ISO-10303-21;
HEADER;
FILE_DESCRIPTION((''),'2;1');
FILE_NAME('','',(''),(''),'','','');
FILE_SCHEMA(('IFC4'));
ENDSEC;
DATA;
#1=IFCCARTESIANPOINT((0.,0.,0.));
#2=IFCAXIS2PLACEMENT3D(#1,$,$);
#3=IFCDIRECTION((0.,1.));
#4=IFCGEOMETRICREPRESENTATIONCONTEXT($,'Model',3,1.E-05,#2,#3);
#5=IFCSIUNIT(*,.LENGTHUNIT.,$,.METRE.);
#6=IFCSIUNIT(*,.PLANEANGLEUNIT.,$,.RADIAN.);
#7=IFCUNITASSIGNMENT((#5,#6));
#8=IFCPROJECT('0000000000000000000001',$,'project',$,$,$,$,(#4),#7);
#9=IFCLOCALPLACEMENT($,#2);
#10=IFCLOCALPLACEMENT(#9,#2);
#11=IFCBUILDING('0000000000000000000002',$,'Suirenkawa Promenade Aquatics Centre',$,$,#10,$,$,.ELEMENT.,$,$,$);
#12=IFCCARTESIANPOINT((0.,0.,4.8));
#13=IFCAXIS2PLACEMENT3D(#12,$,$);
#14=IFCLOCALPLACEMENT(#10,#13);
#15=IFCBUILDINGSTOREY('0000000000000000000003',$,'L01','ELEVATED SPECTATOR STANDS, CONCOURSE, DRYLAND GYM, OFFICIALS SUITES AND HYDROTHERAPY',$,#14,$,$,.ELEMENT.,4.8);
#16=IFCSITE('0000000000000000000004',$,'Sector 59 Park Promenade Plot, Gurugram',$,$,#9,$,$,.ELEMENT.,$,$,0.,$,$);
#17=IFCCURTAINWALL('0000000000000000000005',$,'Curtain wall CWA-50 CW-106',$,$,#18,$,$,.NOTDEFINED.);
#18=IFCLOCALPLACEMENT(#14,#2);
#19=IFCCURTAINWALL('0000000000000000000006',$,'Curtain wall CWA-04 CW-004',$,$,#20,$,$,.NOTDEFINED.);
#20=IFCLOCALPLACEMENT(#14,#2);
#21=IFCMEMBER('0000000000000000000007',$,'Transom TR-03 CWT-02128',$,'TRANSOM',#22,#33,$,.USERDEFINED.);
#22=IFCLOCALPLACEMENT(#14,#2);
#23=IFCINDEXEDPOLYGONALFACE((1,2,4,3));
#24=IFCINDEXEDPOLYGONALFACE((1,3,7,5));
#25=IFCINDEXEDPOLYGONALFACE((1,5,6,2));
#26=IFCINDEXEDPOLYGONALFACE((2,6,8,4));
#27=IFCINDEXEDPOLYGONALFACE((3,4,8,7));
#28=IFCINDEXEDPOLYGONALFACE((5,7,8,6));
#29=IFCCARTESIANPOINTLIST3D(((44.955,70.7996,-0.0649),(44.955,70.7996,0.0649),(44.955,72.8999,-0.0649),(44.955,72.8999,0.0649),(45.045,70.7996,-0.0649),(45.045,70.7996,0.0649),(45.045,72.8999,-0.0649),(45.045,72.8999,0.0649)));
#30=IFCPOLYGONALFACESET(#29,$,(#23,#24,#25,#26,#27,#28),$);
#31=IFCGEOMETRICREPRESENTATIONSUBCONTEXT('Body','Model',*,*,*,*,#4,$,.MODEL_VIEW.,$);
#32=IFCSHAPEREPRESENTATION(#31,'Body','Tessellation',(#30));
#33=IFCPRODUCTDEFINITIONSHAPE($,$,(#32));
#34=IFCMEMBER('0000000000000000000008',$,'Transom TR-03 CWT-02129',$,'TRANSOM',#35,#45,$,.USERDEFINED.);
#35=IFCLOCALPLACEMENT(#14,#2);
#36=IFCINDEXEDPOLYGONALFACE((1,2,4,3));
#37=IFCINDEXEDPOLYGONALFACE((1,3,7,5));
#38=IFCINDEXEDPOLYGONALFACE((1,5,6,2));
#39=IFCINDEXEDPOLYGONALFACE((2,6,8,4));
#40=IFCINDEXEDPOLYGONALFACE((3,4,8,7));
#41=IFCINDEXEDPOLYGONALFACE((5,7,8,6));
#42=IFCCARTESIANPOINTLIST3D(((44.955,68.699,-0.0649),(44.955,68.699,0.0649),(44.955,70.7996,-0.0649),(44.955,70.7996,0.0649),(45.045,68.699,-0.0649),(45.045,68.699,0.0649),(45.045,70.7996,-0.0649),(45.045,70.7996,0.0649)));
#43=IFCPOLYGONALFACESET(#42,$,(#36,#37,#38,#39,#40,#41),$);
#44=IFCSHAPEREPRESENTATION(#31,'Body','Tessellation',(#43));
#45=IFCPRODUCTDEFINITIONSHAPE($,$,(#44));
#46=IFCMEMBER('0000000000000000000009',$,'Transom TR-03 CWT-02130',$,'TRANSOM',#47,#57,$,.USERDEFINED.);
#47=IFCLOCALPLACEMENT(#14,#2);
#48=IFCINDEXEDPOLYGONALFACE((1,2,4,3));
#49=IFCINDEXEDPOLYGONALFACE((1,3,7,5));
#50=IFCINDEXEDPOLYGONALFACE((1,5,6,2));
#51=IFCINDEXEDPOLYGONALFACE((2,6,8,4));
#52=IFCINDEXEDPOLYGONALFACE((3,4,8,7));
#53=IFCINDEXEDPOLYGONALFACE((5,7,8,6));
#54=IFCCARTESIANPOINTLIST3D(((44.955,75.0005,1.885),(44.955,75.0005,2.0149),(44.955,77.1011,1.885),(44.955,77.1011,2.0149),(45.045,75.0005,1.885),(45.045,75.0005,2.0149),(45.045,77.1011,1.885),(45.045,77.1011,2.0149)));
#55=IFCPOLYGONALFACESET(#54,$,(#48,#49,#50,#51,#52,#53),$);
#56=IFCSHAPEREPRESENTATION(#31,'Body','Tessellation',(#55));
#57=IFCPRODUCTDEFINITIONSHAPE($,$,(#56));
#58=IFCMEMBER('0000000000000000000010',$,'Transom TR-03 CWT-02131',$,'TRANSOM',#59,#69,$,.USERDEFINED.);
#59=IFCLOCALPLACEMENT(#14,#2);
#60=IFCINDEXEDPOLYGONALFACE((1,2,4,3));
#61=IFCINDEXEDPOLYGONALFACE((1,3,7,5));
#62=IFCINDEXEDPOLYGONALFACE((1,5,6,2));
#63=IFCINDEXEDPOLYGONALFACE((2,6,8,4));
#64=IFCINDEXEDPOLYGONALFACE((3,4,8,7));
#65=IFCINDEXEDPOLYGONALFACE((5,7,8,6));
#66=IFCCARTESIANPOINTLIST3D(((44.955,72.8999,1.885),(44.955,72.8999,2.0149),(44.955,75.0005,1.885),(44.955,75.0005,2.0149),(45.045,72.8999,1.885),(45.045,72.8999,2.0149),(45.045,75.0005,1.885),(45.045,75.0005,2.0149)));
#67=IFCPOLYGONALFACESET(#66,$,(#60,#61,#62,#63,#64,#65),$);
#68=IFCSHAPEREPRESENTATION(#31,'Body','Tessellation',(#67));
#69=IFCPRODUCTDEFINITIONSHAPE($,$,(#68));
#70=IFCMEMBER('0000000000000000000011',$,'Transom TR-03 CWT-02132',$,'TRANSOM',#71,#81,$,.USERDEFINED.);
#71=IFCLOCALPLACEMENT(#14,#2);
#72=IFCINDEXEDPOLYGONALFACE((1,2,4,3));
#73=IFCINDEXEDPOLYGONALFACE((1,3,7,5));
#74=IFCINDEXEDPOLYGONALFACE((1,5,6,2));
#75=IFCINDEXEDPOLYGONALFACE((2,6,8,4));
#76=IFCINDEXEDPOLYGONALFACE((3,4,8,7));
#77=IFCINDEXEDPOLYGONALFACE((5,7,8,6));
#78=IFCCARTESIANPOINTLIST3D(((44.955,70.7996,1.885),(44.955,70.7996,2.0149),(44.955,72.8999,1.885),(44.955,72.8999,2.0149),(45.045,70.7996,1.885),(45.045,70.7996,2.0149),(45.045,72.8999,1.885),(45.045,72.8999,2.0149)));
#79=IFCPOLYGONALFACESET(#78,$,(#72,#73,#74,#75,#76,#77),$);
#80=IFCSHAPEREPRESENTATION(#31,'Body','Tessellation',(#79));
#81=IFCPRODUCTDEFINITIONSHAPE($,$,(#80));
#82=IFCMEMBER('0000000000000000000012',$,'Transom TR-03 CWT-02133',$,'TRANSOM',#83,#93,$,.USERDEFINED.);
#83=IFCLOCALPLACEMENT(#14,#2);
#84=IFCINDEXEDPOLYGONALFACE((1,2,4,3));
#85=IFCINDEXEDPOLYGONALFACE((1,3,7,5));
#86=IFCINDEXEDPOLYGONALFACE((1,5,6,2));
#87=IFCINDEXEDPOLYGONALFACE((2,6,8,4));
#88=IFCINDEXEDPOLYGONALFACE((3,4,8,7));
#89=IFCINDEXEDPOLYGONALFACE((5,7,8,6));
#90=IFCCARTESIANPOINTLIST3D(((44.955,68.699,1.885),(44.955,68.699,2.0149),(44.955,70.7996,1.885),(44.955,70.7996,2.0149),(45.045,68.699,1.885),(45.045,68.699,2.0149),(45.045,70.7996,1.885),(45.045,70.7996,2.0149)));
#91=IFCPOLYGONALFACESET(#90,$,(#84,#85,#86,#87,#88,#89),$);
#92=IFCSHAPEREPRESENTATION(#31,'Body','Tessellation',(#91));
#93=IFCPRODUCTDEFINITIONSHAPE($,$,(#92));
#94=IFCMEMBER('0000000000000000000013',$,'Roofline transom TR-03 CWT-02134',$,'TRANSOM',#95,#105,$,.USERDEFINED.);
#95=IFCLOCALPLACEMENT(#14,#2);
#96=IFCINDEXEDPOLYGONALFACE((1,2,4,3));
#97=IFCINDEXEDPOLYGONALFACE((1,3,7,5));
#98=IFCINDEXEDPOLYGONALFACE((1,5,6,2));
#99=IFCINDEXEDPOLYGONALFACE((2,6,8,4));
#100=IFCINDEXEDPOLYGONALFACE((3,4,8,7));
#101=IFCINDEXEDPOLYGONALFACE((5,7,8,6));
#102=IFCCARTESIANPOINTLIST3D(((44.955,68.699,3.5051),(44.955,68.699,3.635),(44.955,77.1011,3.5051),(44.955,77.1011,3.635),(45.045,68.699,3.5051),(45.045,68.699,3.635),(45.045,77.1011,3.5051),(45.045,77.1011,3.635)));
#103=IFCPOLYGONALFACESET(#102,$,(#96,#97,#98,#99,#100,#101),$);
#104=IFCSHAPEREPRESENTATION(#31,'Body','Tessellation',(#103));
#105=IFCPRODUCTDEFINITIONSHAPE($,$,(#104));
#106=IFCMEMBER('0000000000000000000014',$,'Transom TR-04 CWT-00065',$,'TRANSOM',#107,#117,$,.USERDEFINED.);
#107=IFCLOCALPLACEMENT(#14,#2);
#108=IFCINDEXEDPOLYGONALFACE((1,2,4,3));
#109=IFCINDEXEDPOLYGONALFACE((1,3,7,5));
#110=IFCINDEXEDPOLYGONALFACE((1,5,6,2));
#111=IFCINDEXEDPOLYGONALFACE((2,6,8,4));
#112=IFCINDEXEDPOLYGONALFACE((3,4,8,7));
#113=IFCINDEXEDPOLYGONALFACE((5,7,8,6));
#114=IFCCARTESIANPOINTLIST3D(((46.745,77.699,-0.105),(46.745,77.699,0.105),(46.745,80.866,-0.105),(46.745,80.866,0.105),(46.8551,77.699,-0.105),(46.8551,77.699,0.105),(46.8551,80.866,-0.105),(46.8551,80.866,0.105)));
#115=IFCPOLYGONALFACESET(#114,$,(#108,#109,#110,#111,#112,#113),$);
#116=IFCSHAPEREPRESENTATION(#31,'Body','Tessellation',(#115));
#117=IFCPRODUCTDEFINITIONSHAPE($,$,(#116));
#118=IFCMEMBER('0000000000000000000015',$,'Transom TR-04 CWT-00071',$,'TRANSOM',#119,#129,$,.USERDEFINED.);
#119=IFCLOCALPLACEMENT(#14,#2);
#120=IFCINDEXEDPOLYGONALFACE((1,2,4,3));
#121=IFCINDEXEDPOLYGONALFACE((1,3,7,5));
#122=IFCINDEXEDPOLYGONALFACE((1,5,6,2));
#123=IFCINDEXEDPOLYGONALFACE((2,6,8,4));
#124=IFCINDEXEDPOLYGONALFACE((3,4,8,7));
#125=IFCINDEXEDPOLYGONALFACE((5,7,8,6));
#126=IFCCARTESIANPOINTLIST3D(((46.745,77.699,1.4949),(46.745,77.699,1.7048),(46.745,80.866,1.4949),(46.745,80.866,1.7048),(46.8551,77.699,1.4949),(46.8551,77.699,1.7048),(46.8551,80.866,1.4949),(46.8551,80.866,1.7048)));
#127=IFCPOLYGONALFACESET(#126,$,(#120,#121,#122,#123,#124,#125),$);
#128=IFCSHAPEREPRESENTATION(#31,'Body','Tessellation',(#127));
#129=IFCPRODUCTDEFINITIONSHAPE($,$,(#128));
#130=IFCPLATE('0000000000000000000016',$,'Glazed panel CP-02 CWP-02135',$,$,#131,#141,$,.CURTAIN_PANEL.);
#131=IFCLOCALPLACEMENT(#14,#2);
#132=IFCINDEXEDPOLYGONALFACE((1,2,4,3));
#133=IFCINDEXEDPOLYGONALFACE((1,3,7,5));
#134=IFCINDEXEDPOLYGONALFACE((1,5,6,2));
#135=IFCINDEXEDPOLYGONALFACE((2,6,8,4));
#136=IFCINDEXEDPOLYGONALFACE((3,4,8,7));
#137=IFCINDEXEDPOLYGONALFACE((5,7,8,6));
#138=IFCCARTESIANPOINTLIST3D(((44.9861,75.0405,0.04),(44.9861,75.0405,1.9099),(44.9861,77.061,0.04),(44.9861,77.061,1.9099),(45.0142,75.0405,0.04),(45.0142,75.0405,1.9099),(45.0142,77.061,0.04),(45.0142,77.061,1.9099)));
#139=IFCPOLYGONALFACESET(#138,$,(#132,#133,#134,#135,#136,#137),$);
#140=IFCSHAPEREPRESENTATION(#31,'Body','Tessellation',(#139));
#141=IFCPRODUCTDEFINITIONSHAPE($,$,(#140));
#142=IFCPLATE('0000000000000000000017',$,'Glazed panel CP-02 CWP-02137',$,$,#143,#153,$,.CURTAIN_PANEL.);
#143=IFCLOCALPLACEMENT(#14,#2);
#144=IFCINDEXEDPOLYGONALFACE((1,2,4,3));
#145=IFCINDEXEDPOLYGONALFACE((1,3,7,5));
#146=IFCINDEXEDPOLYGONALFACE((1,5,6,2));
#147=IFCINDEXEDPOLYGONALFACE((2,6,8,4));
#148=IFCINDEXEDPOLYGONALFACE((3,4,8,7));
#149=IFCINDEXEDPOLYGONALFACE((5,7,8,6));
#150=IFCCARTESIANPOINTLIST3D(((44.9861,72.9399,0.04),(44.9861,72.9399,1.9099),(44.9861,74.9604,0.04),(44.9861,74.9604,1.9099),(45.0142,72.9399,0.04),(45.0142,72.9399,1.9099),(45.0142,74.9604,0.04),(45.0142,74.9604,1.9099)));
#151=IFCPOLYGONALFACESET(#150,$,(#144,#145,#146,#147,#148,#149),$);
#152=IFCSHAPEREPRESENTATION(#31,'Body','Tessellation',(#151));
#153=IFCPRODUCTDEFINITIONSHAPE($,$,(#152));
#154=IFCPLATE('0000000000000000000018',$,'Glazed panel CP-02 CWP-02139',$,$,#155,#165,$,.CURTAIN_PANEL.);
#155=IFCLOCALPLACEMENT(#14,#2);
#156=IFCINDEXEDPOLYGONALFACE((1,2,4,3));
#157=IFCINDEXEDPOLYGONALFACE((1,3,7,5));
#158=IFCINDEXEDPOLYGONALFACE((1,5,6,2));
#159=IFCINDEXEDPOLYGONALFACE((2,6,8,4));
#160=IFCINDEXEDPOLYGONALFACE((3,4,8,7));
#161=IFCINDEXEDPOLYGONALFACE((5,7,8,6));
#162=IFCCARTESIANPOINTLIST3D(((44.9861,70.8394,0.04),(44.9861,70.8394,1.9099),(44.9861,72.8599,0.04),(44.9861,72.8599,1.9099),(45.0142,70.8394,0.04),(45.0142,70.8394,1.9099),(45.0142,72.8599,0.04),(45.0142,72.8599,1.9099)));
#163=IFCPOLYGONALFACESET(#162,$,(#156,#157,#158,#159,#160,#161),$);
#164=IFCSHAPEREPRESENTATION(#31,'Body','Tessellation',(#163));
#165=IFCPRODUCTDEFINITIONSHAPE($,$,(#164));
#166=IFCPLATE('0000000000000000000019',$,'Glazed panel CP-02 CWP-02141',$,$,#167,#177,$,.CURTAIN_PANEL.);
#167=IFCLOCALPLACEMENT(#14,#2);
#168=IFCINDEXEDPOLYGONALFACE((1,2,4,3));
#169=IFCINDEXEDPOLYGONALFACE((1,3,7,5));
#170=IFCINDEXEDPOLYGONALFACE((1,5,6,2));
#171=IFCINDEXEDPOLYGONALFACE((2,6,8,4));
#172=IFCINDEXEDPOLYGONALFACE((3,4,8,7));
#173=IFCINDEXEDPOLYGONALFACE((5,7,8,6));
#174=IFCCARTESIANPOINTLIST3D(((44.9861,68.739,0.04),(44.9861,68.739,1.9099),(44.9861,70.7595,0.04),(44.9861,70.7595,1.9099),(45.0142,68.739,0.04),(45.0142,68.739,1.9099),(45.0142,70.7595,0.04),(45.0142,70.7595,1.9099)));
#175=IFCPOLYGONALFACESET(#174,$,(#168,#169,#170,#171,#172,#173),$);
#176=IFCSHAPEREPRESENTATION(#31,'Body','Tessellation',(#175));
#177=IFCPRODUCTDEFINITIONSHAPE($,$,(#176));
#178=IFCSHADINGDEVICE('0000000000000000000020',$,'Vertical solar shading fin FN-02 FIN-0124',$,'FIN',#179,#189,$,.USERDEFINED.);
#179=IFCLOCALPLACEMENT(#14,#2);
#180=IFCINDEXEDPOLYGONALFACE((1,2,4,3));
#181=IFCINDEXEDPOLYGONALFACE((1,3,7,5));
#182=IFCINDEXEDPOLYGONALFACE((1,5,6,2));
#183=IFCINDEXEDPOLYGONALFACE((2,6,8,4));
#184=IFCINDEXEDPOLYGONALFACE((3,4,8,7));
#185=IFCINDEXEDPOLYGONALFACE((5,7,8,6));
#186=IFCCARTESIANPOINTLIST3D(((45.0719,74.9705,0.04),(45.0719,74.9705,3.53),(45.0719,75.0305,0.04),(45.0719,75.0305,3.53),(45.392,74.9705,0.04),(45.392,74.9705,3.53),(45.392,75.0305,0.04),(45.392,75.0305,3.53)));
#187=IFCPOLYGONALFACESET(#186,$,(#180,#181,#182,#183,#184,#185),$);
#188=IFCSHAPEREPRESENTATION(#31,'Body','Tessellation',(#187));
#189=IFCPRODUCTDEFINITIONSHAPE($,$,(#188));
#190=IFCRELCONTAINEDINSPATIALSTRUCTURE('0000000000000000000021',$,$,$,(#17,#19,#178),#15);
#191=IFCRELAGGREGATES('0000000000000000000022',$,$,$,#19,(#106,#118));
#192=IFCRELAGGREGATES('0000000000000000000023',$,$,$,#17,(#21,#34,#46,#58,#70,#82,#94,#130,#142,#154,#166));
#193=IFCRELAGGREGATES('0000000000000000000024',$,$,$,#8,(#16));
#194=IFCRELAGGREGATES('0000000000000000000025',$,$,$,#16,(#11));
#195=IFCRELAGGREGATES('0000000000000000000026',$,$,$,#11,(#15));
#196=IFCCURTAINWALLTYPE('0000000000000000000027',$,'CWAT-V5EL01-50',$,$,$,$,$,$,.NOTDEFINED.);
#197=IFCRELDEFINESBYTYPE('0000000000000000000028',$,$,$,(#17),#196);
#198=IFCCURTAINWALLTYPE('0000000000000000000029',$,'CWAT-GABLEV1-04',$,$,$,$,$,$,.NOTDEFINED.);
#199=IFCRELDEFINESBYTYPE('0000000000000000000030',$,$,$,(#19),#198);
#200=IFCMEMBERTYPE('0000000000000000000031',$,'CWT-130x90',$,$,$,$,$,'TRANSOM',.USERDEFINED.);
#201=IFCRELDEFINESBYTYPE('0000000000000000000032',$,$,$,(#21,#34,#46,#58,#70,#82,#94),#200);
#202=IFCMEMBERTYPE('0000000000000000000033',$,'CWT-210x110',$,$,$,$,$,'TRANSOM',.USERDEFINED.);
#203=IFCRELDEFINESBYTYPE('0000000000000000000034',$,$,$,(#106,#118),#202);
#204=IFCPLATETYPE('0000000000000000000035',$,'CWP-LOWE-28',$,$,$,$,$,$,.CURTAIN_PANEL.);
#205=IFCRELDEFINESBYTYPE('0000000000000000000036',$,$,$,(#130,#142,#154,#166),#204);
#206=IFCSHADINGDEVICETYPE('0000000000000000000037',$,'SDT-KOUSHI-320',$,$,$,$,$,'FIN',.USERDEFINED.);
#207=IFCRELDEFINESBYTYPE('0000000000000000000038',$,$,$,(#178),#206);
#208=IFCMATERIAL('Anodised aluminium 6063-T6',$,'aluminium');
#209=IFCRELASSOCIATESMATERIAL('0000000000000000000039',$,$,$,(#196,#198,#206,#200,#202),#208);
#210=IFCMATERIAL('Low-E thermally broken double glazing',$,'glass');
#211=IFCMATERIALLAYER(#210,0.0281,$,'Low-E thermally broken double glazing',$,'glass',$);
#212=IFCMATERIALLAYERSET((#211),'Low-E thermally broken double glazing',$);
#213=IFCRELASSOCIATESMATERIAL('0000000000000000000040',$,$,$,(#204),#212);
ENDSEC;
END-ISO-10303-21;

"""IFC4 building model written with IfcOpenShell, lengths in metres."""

from ifc_helpers import new_model, si_unit, direction, frame, origin, origin_2d, place, context, subcontext, project, spatial, polyline, rectangle, outline, extrude, material, layer, layer_set, material_profile, profile_set, type_object, element, aggregate, save


model = new_model("IFC4")

# Units and contexts
model_context = context("Model", 3, precision=1e-05, world=origin(), true_north=direction((0.0, 1.0)))
body_context = subcontext(model_context, "Body", "Model", "MODEL_VIEW")
ifc_project = project(units=[si_unit("LENGTHUNIT", "METRE"), si_unit("PLANEANGLEUNIT", "RADIAN")], contexts=[model_context])

# Site, building, storey
site_placement = place(None, origin())
site = spatial("IfcSite", under=ifc_project, at=site_placement, Name="Sector 59 Park Promenade Plot, Gurugram", CompositionType="ELEMENT", RefElevation=0.0)
building_placement = place(site_placement, origin())
building = spatial("IfcBuilding", under=site, at=building_placement, Name="Suirenkawa Promenade Aquatics Centre", CompositionType="ELEMENT")
storey_placement = place(building_placement, frame((0.0, 0.0, 4.8)))
storey = spatial("IfcBuildingStorey", under=building, at=storey_placement, Name="L01", Description="ELEVATED SPECTATOR STANDS, CONCOURSE, DRYLAND GYM, OFFICIALS SUITES AND HYDROTHERAPY", CompositionType="ELEMENT", Elevation=4.8)

# Curtain wall
ifc_material_1 = material(Name="Anodised aluminium 6063-T6", Category="aluminium")
curtain_wall_type_1 = type_object("IfcCurtainWallType", Name="CWAT-V5EL01-50", PredefinedType="NOTDEFINED", material=ifc_material_1)
curtain_wall_1_placement = place(storey_placement, origin())
curtain_wall_1 = element("IfcCurtainWall", 1, at=curtain_wall_1_placement, inside=storey, type_object=curtain_wall_type_1, Name="Curtain wall CWA-50 CW-106", PredefinedType="NOTDEFINED")

# Curtain wall
curtain_wall_type_2 = type_object("IfcCurtainWallType", Name="CWAT-GABLEV1-04", PredefinedType="NOTDEFINED", material=ifc_material_1)
curtain_wall_2_placement = place(storey_placement, origin())
curtain_wall_2 = element("IfcCurtainWall", 2, at=curtain_wall_2_placement, inside=storey, type_object=curtain_wall_type_2, Name="Curtain wall CWA-04 CW-004", PredefinedType="NOTDEFINED")

# Members
ifc_material_profile_1 = material_profile(ifc_material_1, rectangle(XDim=0.0901, YDim=0.1299, at=origin_2d()), Name="ALU TRAN 90x130", Category="aluminium")
ifc_profile_set_1 = profile_set([ifc_material_profile_1], Name="Anodised aluminium 6063-T6")
member_type_1 = type_object("IfcMemberType", Name="CWT-130x90", ElementType="TRANSOM", PredefinedType="USERDEFINED", material=ifc_profile_set_1)
member_1_placement = place(storey_placement, frame((45.0, 72.8999, 0.0), z_axis=(0.0, -1.0, 0.0), x_axis=(1.0, 0.0, 0.0)))
member_1 = element("IfcMember", 3, at=member_1_placement, type_object=member_type_1, Name="Transom TR-03 CWT-02128", ObjectType="TRANSOM", PredefinedType="USERDEFINED", context=body_context, shape_type="SweptSolid", body=[
    extrude(rectangle(XDim=0.0901, YDim=0.1299, at=origin_2d()), origin(), (0.0, 0.0, 1.0), 2.1003),
])
member_2_placement = place(storey_placement, frame((45.0, 70.7996, 0.0), z_axis=(0.0, -1.0, 0.0), x_axis=(1.0, 0.0, 0.0)))
member_2 = element("IfcMember", 4, at=member_2_placement, type_object=member_type_1, Name="Transom TR-03 CWT-02129", ObjectType="TRANSOM", PredefinedType="USERDEFINED", context=body_context, shape_type="SweptSolid", body=[
    extrude(rectangle(XDim=0.0901, YDim=0.1299, at=origin_2d()), origin(), (0.0, 0.0, 1.0), 2.1006),
])
member_3_placement = place(storey_placement, frame((45.0, 77.1011, 1.95), z_axis=(0.0, -1.0, 0.0), x_axis=(1.0, 0.0, 0.0)))
member_3 = element("IfcMember", 5, at=member_3_placement, type_object=member_type_1, Name="Transom TR-03 CWT-02130", ObjectType="TRANSOM", PredefinedType="USERDEFINED", context=body_context, shape_type="SweptSolid", body=[
    extrude(rectangle(XDim=0.0901, YDim=0.1299, at=origin_2d()), origin(), (0.0, 0.0, 1.0), 2.1006),
])
member_4_placement = place(storey_placement, frame((45.0, 75.0005, 1.95), z_axis=(0.0, -1.0, 0.0), x_axis=(1.0, 0.0, 0.0)))
member_4 = element("IfcMember", 6, at=member_4_placement, type_object=member_type_1, Name="Transom TR-03 CWT-02131", ObjectType="TRANSOM", PredefinedType="USERDEFINED", context=body_context, shape_type="SweptSolid", body=[
    extrude(rectangle(XDim=0.0901, YDim=0.1299, at=origin_2d()), origin(), (0.0, 0.0, 1.0), 2.1006),
])
member_5_placement = place(storey_placement, frame((45.0, 72.8999, 1.95), z_axis=(0.0, -1.0, 0.0), x_axis=(1.0, 0.0, 0.0)))
member_5 = element("IfcMember", 7, at=member_5_placement, type_object=member_type_1, Name="Transom TR-03 CWT-02132", ObjectType="TRANSOM", PredefinedType="USERDEFINED", context=body_context, shape_type="SweptSolid", body=[
    extrude(rectangle(XDim=0.0901, YDim=0.1299, at=origin_2d()), origin(), (0.0, 0.0, 1.0), 2.1003),
])
member_6_placement = place(storey_placement, frame((45.0, 70.7996, 1.95), z_axis=(0.0, -1.0, 0.0), x_axis=(1.0, 0.0, 0.0)))
member_6 = element("IfcMember", 8, at=member_6_placement, type_object=member_type_1, Name="Transom TR-03 CWT-02133", ObjectType="TRANSOM", PredefinedType="USERDEFINED", context=body_context, shape_type="SweptSolid", body=[
    extrude(rectangle(XDim=0.0901, YDim=0.1299, at=origin_2d()), origin(), (0.0, 0.0, 1.0), 2.1006),
])
member_7_placement = place(storey_placement, frame((45.0, 77.1011, 3.5701), z_axis=(0.0, -1.0, 0.0), x_axis=(1.0, 0.0, 0.0)))
member_7 = element("IfcMember", 9, at=member_7_placement, type_object=member_type_1, Name="Roofline transom TR-03 CWT-02134", ObjectType="TRANSOM", PredefinedType="USERDEFINED", context=body_context, shape_type="SweptSolid", body=[
    extrude(rectangle(XDim=0.0901, YDim=0.1299, at=origin_2d()), origin(), (0.0, 0.0, 1.0), 8.4021),
])
ifc_material_profile_2 = material_profile(ifc_material_1, rectangle(XDim=0.1101, YDim=0.21, at=origin_2d()), Name="ALU TRAN 110x210", Category="aluminium")
ifc_profile_set_2 = profile_set([ifc_material_profile_2], Name="Anodised aluminium 6063-T6")
member_type_2 = type_object("IfcMemberType", Name="CWT-210x110", ElementType="TRANSOM", PredefinedType="USERDEFINED", material=ifc_profile_set_2)
member_8_placement = place(storey_placement, frame((46.8, 77.699, 0.0), z_axis=(0.0, 1.0, 0.0), x_axis=(-1.0, 0.0, 0.0)))
member_8 = element("IfcMember", 10, at=member_8_placement, type_object=member_type_2, Name="Transom TR-04 CWT-00065", ObjectType="TRANSOM", PredefinedType="USERDEFINED", context=body_context, shape_type="SweptSolid", body=[
    extrude(rectangle(XDim=0.1101, YDim=0.21, at=origin_2d()), origin(), (0.0, 0.0, 1.0), 3.167),
])
member_9_placement = place(storey_placement, frame((46.8, 77.699, 1.5999), z_axis=(0.0, 1.0, 0.0), x_axis=(-1.0, 0.0, 0.0)))
member_9 = element("IfcMember", 11, at=member_9_placement, type_object=member_type_2, Name="Transom TR-04 CWT-00071", ObjectType="TRANSOM", PredefinedType="USERDEFINED", context=body_context, shape_type="SweptSolid", body=[
    extrude(rectangle(XDim=0.1101, YDim=0.21, at=origin_2d()), origin(), (0.0, 0.0, 1.0), 3.167),
])
aggregate(curtain_wall_2, [member_8, member_9])

# Plates
ifc_material_2 = material(Name="Low-E thermally broken double glazing", Category="glass")
ifc_layer = layer(ifc_material_2, 0.0281, Name="Low-E thermally broken double glazing", Category="glass")
ifc_layer_set = layer_set([ifc_layer], Name="Low-E thermally broken double glazing")
plate_type = type_object("IfcPlateType", Name="CWP-LOWE-28", PredefinedType="CURTAIN_PANEL", material=ifc_layer_set)
plate_1_placement = place(storey_placement, frame((45.0, 77.1011, 0.04), z_axis=(0.0, 0.0, 1.0), x_axis=(0.0, -1.0, 0.0)))
plate_1 = element("IfcPlate", 12, at=plate_1_placement, type_object=plate_type, Name="Glazed panel CP-02 CWP-02135", PredefinedType="CURTAIN_PANEL", context=body_context, shape_type="SweptSolid", body=[
    extrude(outline(polyline([(0.04, 0.0), (2.0605, 0.0), (2.0605, 1.8699), (0.04, 1.8699), (0.04, 0.0)])), frame((0.0, 0.0142, 0.0), z_axis=(0.0, -1.0, 0.0), x_axis=(1.0, 0.0, 0.0)), (0.0, 0.0, 1.0), 0.0281),
])
plate_2_placement = place(storey_placement, frame((45.0, 75.0005, 0.04), z_axis=(0.0, 0.0, 1.0), x_axis=(0.0, -1.0, 0.0)))
plate_2 = element("IfcPlate", 13, at=plate_2_placement, type_object=plate_type, Name="Glazed panel CP-02 CWP-02137", PredefinedType="CURTAIN_PANEL", context=body_context, shape_type="SweptSolid", body=[
    extrude(outline(polyline([(0.04, 0.0), (2.0605, 0.0), (2.0605, 1.8699), (0.04, 1.8699), (0.04, 0.0)])), frame((0.0, 0.0142, 0.0), z_axis=(0.0, -1.0, 0.0), x_axis=(1.0, 0.0, 0.0)), (0.0, 0.0, 1.0), 0.0281),
])
plate_3_placement = place(storey_placement, frame((45.0, 72.8999, 0.04), z_axis=(0.0, 0.0, 1.0), x_axis=(0.0, -1.0, 0.0)))
plate_3 = element("IfcPlate", 14, at=plate_3_placement, type_object=plate_type, Name="Glazed panel CP-02 CWP-02139", PredefinedType="CURTAIN_PANEL", context=body_context, shape_type="SweptSolid", body=[
    extrude(outline(polyline([(0.04, 0.0), (2.0605, 0.0), (2.0605, 1.8699), (0.04, 1.8699), (0.04, 0.0)])), frame((0.0, 0.0142, 0.0), z_axis=(0.0, -1.0, 0.0), x_axis=(1.0, 0.0, 0.0)), (0.0, 0.0, 1.0), 0.0281),
])
plate_4_placement = place(storey_placement, frame((45.0, 70.7996, 0.04), z_axis=(0.0, 0.0, 1.0), x_axis=(0.0, -1.0, 0.0)))
plate_4 = element("IfcPlate", 15, at=plate_4_placement, type_object=plate_type, Name="Glazed panel CP-02 CWP-02141", PredefinedType="CURTAIN_PANEL", context=body_context, shape_type="SweptSolid", body=[
    extrude(outline(polyline([(0.04, 0.0), (2.0605, 0.0), (2.0605, 1.8699), (0.04, 1.8699), (0.04, 0.0)])), frame((0.0, 0.0142, 0.0), z_axis=(0.0, -1.0, 0.0), x_axis=(1.0, 0.0, 0.0)), (0.0, 0.0, 1.0), 0.0281),
])
aggregate(curtain_wall_1, [member_1, member_2, member_3, member_4, member_5, member_6, member_7, plate_1, plate_2, plate_3, plate_4])

# Shading device
shading_device_type = type_object("IfcShadingDeviceType", Name="SDT-KOUSHI-320", ElementType="FIN", PredefinedType="USERDEFINED", material=ifc_material_1)
for number, where, z_axis, x_axis, name in (
    (16, (45.2319, 75.0005, 0.04), (0.0, 0.0, 1.0), (1.0, 0.0, 0.0), "Vertical solar shading fin FN-02 FIN-0124"),
):
    element("IfcShadingDevice", number, at=place(storey_placement, frame(where, z_axis=z_axis, x_axis=x_axis)), inside=storey, type_object=shading_device_type, Name=name, ObjectType="FIN", PredefinedType="USERDEFINED", context=body_context, shape_type="SweptSolid", body=[
        extrude(rectangle(XDim=0.3201, YDim=0.0601, at=origin_2d()), origin(), (0.0, 0.0, 1.0), 3.49),
    ])

save(model, "model.ifc")
